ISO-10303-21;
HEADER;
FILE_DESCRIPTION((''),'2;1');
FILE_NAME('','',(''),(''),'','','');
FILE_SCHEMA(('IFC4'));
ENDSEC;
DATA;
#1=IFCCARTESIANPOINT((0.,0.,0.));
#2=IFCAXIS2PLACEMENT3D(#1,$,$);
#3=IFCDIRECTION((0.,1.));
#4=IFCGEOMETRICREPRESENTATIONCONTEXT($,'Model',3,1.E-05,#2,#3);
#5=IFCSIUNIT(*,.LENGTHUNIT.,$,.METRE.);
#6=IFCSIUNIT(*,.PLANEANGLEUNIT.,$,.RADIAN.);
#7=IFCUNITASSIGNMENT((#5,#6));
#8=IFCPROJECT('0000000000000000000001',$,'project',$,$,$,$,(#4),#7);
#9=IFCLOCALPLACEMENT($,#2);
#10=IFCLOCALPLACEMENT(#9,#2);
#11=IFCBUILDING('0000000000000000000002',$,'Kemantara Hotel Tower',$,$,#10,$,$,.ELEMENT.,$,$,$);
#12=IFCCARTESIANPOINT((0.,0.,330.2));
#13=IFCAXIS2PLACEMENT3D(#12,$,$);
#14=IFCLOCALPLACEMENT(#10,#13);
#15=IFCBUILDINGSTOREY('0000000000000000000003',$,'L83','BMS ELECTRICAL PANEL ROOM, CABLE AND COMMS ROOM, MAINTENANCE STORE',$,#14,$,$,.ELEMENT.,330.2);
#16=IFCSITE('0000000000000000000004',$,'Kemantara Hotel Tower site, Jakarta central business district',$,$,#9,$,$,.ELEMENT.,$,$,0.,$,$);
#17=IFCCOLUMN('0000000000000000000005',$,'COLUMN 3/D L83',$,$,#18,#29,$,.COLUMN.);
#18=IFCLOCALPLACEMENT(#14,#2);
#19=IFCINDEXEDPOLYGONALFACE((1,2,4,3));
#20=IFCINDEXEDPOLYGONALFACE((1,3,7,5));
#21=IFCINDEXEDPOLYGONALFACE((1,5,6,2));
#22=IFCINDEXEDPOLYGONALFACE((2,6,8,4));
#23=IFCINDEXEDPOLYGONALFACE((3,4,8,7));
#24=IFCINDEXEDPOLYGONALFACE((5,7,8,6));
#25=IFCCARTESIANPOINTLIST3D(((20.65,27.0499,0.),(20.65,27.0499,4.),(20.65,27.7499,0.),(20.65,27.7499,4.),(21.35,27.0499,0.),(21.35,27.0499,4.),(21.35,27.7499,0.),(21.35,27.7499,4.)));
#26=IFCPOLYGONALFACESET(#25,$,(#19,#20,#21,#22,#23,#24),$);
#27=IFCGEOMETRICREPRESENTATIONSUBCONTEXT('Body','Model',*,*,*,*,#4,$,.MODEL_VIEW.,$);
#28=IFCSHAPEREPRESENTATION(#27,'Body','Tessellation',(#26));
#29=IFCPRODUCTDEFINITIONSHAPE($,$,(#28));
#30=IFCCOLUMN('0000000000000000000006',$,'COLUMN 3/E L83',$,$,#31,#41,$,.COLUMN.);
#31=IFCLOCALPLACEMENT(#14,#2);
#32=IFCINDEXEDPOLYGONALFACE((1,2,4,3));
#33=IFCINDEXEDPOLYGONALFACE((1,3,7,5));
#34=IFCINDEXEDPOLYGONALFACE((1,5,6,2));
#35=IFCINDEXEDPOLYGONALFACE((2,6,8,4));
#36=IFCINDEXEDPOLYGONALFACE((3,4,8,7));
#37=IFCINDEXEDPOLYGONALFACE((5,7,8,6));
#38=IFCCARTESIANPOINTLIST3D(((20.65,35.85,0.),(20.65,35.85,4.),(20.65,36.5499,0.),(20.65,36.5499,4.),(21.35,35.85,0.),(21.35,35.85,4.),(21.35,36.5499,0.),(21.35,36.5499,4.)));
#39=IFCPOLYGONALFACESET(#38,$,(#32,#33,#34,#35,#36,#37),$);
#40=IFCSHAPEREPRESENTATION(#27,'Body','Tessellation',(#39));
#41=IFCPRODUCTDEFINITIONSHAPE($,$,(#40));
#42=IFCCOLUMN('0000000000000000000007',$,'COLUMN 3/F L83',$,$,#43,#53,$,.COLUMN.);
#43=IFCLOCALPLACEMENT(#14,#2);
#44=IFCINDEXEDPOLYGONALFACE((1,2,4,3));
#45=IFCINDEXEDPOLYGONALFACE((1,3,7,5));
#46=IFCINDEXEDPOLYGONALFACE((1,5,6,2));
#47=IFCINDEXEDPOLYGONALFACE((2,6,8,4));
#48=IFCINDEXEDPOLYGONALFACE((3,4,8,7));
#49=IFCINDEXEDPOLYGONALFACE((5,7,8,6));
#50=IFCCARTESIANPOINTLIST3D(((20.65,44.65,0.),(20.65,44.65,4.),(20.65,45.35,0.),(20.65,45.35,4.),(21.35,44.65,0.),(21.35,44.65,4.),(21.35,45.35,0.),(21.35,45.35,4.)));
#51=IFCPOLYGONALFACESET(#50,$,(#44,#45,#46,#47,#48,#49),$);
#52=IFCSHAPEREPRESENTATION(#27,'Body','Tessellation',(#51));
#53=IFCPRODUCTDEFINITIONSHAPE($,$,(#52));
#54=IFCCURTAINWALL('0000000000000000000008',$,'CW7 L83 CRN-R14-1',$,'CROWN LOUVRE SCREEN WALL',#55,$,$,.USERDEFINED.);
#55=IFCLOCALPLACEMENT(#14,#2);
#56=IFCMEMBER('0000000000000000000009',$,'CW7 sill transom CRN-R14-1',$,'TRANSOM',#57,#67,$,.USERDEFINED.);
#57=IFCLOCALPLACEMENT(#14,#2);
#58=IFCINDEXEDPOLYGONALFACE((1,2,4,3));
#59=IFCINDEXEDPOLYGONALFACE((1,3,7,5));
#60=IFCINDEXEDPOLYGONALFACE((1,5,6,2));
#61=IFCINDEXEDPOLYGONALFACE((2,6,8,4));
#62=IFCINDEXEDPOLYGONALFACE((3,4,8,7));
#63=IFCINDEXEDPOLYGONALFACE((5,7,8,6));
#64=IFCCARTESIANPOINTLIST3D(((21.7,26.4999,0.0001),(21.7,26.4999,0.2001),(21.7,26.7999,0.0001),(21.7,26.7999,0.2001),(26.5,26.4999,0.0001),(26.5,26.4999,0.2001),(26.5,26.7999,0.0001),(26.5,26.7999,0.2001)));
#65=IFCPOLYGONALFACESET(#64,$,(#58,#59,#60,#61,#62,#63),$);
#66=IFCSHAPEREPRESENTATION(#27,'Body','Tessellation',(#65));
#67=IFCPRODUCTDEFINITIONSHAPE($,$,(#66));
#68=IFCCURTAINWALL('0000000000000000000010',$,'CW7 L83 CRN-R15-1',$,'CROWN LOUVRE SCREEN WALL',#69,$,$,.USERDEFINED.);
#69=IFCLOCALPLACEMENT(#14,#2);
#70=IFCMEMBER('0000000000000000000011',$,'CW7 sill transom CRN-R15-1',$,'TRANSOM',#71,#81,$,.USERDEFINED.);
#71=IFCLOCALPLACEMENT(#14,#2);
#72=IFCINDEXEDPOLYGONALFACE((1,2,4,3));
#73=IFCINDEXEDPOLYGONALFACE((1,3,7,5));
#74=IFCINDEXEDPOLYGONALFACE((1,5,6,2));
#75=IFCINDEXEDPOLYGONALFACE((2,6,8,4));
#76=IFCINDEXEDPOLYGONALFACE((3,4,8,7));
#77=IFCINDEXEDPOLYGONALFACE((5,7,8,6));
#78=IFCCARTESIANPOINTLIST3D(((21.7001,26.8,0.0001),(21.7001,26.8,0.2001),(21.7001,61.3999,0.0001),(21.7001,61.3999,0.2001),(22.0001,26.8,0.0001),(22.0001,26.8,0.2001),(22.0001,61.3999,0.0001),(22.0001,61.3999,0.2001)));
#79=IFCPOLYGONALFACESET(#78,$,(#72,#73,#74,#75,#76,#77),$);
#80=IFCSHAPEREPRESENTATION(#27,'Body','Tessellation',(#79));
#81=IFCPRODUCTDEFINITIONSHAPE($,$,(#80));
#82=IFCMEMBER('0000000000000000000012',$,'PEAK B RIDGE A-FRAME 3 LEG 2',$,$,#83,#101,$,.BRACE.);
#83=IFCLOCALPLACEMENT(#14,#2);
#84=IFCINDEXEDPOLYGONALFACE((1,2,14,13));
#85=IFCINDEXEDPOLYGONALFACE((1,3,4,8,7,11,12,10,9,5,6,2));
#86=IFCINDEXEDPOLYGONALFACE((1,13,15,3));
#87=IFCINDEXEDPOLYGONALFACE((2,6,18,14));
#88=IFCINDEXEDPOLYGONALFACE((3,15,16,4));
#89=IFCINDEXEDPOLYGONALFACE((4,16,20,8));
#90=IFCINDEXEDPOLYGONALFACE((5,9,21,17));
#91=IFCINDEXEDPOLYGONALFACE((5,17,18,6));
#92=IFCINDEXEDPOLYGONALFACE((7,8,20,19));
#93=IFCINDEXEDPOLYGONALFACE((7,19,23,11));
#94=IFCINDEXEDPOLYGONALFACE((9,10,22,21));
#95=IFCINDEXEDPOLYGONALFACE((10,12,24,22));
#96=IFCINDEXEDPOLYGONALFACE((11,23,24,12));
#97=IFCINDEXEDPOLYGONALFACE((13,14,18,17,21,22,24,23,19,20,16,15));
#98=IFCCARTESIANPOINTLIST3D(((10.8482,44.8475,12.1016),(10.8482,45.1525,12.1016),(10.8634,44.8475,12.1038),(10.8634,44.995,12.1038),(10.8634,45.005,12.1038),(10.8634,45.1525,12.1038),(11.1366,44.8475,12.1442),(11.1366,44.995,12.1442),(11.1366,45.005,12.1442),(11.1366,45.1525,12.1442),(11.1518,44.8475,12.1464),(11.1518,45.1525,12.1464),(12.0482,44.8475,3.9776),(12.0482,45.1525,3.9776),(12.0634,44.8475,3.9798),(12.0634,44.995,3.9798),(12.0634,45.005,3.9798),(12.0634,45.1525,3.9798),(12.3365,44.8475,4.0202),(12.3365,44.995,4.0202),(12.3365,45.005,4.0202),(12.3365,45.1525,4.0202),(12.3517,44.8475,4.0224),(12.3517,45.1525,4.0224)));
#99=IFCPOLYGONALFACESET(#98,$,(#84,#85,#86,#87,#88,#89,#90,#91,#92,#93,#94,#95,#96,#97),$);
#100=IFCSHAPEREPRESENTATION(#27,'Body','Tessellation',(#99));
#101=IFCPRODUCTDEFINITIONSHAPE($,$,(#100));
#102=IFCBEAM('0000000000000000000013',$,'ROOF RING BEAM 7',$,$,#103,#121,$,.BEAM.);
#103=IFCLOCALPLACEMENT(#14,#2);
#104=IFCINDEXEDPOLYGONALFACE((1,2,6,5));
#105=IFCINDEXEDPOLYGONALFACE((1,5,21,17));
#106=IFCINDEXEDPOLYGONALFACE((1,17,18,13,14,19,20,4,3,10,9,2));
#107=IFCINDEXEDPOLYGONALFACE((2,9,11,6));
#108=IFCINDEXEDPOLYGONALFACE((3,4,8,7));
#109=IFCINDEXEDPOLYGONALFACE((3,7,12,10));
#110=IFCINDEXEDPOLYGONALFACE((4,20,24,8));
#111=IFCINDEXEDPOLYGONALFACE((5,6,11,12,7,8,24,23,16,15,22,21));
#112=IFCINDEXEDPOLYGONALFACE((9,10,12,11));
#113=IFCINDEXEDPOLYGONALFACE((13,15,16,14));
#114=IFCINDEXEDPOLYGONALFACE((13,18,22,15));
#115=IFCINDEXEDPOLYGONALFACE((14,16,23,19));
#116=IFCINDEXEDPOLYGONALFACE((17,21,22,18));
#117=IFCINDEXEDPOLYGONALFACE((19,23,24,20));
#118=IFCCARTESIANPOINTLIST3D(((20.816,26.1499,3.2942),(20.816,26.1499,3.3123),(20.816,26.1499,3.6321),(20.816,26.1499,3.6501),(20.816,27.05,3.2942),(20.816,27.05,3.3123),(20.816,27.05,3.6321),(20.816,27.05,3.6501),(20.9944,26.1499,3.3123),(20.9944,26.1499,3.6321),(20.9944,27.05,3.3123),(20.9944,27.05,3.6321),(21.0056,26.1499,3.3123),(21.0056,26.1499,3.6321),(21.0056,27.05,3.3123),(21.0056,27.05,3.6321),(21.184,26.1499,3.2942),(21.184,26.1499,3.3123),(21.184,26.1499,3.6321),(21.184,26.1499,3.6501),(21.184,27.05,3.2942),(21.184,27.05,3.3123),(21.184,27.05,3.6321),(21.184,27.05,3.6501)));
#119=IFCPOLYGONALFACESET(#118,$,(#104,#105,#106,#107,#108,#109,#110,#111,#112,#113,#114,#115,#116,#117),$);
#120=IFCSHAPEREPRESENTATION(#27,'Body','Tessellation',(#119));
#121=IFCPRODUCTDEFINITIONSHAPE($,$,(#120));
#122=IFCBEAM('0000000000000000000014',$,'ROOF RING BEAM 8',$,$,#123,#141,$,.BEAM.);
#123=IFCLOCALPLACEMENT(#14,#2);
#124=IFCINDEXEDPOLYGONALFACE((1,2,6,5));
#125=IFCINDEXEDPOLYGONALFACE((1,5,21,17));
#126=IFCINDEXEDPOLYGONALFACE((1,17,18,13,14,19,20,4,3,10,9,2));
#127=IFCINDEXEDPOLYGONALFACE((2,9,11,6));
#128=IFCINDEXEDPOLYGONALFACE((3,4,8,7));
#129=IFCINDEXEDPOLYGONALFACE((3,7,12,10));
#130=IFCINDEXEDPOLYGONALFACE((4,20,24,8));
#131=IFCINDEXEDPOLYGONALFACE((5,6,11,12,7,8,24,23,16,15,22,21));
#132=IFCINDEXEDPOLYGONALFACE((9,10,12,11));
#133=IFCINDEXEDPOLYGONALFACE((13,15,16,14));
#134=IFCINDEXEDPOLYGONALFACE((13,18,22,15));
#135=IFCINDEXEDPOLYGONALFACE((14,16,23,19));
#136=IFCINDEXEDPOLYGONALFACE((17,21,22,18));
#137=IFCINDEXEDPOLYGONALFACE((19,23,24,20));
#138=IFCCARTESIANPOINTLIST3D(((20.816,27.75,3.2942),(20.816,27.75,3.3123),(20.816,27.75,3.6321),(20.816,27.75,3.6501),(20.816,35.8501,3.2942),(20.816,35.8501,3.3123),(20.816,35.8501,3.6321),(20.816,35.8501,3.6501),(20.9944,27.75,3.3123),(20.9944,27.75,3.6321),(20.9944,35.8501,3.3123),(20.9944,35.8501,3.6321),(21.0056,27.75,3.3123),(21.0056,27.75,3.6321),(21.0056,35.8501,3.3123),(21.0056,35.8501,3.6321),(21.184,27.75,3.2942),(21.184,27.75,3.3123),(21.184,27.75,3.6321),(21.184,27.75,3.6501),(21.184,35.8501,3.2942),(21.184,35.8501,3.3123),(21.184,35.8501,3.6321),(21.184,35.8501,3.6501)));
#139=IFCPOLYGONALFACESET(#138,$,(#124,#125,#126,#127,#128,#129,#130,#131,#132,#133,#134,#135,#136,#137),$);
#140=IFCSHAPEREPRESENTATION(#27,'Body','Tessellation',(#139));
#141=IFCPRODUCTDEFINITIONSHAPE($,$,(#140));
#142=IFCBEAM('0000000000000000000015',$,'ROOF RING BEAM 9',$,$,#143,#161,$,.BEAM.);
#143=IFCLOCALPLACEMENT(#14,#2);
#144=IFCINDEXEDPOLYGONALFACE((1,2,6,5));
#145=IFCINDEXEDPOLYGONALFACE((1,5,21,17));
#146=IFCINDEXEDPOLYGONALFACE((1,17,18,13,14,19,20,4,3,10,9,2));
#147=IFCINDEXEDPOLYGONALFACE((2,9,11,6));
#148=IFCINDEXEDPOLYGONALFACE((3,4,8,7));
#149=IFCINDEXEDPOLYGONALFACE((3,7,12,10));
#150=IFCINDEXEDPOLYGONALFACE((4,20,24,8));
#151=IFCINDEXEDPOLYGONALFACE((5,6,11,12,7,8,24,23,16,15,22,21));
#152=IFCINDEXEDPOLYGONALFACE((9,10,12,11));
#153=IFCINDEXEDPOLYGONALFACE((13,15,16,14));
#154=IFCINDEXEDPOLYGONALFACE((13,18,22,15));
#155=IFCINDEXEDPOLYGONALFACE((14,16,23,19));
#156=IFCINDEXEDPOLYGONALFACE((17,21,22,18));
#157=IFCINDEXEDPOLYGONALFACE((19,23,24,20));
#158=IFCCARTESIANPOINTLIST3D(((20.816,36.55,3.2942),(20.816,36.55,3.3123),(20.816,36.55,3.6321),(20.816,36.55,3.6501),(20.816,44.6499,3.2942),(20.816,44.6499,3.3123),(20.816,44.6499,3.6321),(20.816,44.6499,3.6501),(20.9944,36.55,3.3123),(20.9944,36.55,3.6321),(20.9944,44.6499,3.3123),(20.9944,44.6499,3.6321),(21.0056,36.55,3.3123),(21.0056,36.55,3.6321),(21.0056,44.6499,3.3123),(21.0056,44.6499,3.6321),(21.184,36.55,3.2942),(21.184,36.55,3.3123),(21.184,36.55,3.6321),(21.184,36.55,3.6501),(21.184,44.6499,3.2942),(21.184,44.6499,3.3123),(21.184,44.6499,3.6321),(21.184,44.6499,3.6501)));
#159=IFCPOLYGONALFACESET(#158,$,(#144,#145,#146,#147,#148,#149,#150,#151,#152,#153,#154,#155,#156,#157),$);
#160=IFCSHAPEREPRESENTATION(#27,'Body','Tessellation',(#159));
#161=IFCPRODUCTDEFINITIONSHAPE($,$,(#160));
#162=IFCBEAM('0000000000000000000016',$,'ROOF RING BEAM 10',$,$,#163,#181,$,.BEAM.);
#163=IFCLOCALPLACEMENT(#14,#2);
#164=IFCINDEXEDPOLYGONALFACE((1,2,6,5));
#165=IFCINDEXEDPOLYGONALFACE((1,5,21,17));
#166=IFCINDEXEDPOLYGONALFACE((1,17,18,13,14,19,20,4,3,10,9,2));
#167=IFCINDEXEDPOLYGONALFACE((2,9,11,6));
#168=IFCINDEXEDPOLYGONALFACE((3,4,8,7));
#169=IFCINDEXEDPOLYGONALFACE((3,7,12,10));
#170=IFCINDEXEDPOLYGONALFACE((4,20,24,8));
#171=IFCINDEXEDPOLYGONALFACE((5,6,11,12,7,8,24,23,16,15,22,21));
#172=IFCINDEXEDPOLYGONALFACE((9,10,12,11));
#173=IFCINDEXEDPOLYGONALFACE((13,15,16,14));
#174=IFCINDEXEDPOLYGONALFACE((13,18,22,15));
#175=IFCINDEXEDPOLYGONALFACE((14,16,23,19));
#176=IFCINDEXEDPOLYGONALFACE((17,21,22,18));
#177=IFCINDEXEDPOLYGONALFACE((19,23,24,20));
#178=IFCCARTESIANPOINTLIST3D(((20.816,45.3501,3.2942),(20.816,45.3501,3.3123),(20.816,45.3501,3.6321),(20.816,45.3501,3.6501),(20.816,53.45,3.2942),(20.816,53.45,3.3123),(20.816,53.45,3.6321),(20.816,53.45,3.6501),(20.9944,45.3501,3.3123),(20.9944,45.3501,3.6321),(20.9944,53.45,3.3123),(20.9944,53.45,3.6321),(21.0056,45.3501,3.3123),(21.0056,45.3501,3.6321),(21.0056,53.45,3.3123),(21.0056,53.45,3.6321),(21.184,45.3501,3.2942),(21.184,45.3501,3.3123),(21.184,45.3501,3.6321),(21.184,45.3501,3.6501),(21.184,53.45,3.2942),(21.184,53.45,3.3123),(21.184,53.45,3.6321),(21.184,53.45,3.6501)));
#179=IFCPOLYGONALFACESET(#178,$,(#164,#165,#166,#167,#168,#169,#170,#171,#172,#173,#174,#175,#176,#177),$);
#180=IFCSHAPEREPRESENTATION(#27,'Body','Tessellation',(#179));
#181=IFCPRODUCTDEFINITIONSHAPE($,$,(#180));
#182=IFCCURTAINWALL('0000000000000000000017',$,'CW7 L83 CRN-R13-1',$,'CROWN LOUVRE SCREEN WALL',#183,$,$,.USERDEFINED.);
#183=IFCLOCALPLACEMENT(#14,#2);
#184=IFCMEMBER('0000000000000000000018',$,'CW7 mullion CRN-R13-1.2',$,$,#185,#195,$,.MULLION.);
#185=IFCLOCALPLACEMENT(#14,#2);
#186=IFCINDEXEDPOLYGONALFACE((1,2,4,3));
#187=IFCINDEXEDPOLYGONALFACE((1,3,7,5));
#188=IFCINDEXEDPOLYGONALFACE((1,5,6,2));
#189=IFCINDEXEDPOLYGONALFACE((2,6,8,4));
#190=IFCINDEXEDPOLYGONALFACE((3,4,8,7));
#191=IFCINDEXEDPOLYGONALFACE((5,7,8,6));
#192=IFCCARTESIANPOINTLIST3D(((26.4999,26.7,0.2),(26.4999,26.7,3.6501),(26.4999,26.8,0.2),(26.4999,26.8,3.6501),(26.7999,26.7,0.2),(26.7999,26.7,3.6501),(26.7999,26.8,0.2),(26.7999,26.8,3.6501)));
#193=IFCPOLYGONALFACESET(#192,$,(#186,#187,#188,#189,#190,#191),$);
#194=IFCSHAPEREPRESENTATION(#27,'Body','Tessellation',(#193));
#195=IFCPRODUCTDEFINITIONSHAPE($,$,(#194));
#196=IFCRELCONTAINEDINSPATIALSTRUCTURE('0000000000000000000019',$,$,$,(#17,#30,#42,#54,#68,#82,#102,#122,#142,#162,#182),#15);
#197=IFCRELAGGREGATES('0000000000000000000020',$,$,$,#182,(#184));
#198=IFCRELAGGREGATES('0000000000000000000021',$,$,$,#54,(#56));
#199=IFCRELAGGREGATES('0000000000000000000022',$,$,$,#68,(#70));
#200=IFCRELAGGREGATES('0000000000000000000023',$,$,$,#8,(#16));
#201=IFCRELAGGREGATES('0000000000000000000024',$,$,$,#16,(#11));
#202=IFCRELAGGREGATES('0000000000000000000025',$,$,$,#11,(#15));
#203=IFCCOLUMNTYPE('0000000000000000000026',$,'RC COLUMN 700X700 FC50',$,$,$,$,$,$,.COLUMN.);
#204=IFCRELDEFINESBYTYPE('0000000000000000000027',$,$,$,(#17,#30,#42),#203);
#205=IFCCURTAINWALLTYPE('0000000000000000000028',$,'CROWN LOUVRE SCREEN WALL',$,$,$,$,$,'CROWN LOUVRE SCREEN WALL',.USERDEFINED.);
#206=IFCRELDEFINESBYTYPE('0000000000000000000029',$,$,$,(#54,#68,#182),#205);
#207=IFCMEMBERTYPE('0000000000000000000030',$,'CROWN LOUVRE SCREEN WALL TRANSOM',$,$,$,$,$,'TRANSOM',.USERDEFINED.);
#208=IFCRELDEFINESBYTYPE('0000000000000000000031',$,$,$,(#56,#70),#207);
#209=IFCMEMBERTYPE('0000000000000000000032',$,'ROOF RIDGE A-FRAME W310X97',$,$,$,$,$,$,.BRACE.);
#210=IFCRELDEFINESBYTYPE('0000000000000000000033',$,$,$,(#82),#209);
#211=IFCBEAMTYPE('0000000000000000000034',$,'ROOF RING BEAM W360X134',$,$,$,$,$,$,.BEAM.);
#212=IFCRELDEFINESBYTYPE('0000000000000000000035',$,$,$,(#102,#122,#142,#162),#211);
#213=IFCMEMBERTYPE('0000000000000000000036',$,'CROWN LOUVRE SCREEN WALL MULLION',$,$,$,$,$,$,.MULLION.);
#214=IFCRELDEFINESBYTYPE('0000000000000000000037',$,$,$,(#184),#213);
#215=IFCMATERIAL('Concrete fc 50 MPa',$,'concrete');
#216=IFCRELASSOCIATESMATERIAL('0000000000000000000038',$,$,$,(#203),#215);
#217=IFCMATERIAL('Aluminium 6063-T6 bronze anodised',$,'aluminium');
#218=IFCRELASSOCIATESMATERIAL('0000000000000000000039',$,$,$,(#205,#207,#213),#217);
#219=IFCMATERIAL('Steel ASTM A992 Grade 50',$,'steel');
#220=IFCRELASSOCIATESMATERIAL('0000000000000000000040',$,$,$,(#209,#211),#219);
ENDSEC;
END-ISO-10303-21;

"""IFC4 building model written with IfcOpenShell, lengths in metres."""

from ifc_helpers import new_model, si_unit, direction, frame, origin, origin_2d, place, context, subcontext, project, spatial, rectangle, i_section, extrude, source, transform, mapped, material, material_profile, profile_set, type_object, element, aggregate, save


model = new_model("IFC4")

# Units and contexts
model_context = context("Model", 3, precision=1e-05, world=origin(), true_north=direction((0.0, 1.0)))
body_context = subcontext(model_context, "Body", "Model", "MODEL_VIEW")
ifc_project = project(units=[si_unit("LENGTHUNIT", "METRE"), si_unit("PLANEANGLEUNIT", "RADIAN")], contexts=[model_context])

# Site, building, storey
site_placement = place(None, origin())
site = spatial("IfcSite", under=ifc_project, at=site_placement, Name="Kemantara Hotel Tower site, Jakarta central business district", CompositionType="ELEMENT", RefElevation=0.0)
building_placement = place(site_placement, origin())
building = spatial("IfcBuilding", under=site, at=building_placement, Name="Kemantara Hotel Tower", CompositionType="ELEMENT")
storey_placement = place(building_placement, frame((0.0, 0.0, 330.2)))
storey = spatial("IfcBuildingStorey", under=building, at=storey_placement, Name="L83", Description="BMS ELECTRICAL PANEL ROOM, CABLE AND COMMS ROOM, MAINTENANCE STORE", CompositionType="ELEMENT", Elevation=330.2)

# Columns
ifc_material_1 = material(Name="Concrete fc 50 MPa", Category="concrete")
ifc_material_profile_1 = material_profile(ifc_material_1, rectangle(XDim=0.7, YDim=0.7, at=origin_2d()), Name="RC 700X700")
ifc_profile_set_1 = profile_set([ifc_material_profile_1], Name="Concrete fc 50 MPa")
column_type = type_object("IfcColumnType", Name="RC COLUMN 700X700 FC50", PredefinedType="COLUMN", material=ifc_profile_set_1)
for number, where, z_axis, x_axis, name in (
    (1, (21.0, 27.3999, 0.0), (0.0, 0.0, 1.0), (1.0, 0.0, 0.0), "COLUMN 3/D L83"),
    (2, (21.0, 36.2, 0.0), (0.0, 0.0, 1.0), (1.0, 0.0, 0.0), "COLUMN 3/E L83"),
    (3, (21.0, 45.0, 0.0), (0.0, 0.0, 1.0), (1.0, 0.0, 0.0), "COLUMN 3/F L83"),
):
    element("IfcColumn", number, at=place(storey_placement, frame(where, z_axis=z_axis, x_axis=x_axis)), inside=storey, type_object=column_type, Name=name, PredefinedType="COLUMN", context=body_context, shape_type="SweptSolid", body=[
        extrude(rectangle(XDim=0.7, YDim=0.7, at=origin_2d()), origin(), (0.0, 0.0, 1.0), 4.0),
    ])

# Curtain walls, members
ifc_material_2 = material(Name="Aluminium 6063-T6 bronze anodised", Category="aluminium")
curtain_wall_type = type_object("IfcCurtainWallType", Name="CROWN LOUVRE SCREEN WALL", ElementType="CROWN LOUVRE SCREEN WALL", PredefinedType="USERDEFINED", material=ifc_material_2)
curtain_wall_1_placement = place(storey_placement, origin())
curtain_wall_1 = element("IfcCurtainWall", 4, at=curtain_wall_1_placement, inside=storey, type_object=curtain_wall_type, Name="CW7 L83 CRN-R14-1", ObjectType="CROWN LOUVRE SCREEN WALL", PredefinedType="USERDEFINED")
ifc_material_profile_2 = material_profile(ifc_material_2, rectangle(XDim=0.3, YDim=0.2, at=origin_2d()), Name="CROWN LOUVRE SCREEN WALL TRANSOM")
ifc_profile_set_2 = profile_set([ifc_material_profile_2], Name="Aluminium 6063-T6 bronze anodised")
member_type_1 = type_object("IfcMemberType", Name="CROWN LOUVRE SCREEN WALL TRANSOM", ElementType="TRANSOM", PredefinedType="USERDEFINED", material=ifc_profile_set_2)
member_1_placement = place(storey_placement, frame((26.5, 26.6499, 0.1001), z_axis=(-1.0, 0.0, 0.0), x_axis=(0.0, -1.0, 0.0)))
member_1 = element("IfcMember", 5, at=member_1_placement, type_object=member_type_1, Name="CW7 sill transom CRN-R14-1", ObjectType="TRANSOM", PredefinedType="USERDEFINED", context=body_context, shape_type="SweptSolid", body=[
    extrude(rectangle(XDim=0.3, YDim=0.2, at=origin_2d()), origin(), (0.0, 0.0, 1.0), 4.8),
])
curtain_wall_2_placement = place(storey_placement, origin())
curtain_wall_2 = element("IfcCurtainWall", 6, at=curtain_wall_2_placement, inside=storey, type_object=curtain_wall_type, Name="CW7 L83 CRN-R15-1", ObjectType="CROWN LOUVRE SCREEN WALL", PredefinedType="USERDEFINED")
member_2_placement = place(storey_placement, frame((21.8501, 26.8, 0.1001), z_axis=(0.0, 1.0, 0.0), x_axis=(-1.0, 0.0, 0.0)))
member_2 = element("IfcMember", 7, at=member_2_placement, type_object=member_type_1, Name="CW7 sill transom CRN-R15-1", ObjectType="TRANSOM", PredefinedType="USERDEFINED", context=body_context, shape_type="SweptSolid", body=[
    extrude(rectangle(XDim=0.3, YDim=0.2, at=origin_2d()), origin(), (0.0, 0.0, 1.0), 34.5999),
])

# Member
ifc_material_3 = material(Name="Steel ASTM A992 Grade 50", Category="steel")
ifc_material_profile_3 = material_profile(ifc_material_3, i_section(OverallWidth=0.3049, OverallDepth=0.3069, WebThickness=0.01, FlangeThickness=0.0154, at=origin_2d()), Name="W310X97")
ifc_profile_set_3 = profile_set([ifc_material_profile_3], Name="Steel ASTM A992 Grade 50")
member_type_2 = type_object("IfcMemberType", Name="ROOF RIDGE A-FRAME W310X97", PredefinedType="BRACE", material=ifc_profile_set_3)
member_3_placement = place(storey_placement, frame((12.2, 45.0, 4.0), z_axis=(-0.146119, 0.0, 0.989267), x_axis=(0.0, -1.0, 0.0)))
element("IfcMember", 8, at=member_3_placement, inside=storey, type_object=member_type_2, Name="PEAK B RIDGE A-FRAME 3 LEG 2", PredefinedType="BRACE", context=body_context, shape_type="SweptSolid", body=[
    extrude(i_section(OverallWidth=0.3049, OverallDepth=0.3069, WebThickness=0.01, FlangeThickness=0.0154, at=origin_2d()), origin(), (0.0, 0.0, 1.0), 8.2122),
])

# Beams
ifc_material_profile_4 = material_profile(ifc_material_3, i_section(OverallWidth=0.3679, OverallDepth=0.356, WebThickness=0.0112, FlangeThickness=0.0181, at=origin_2d()), Name="W360X134")
ifc_profile_set_4 = profile_set([ifc_material_profile_4], Name="Steel ASTM A992 Grade 50")
beam_type = type_object("IfcBeamType", Name="ROOF RING BEAM W360X134", PredefinedType="BEAM", material=ifc_profile_set_4)
beam_1_placement = place(storey_placement, frame((21.0, 26.1499, 3.4722), z_axis=(0.0, 1.0, 0.0), x_axis=(-1.0, 0.0, 0.0)))
element("IfcBeam", 9, at=beam_1_placement, inside=storey, type_object=beam_type, Name="ROOF RING BEAM 7", PredefinedType="BEAM", context=body_context, shape_type="SweptSolid", body=[
    extrude(i_section(OverallWidth=0.3679, OverallDepth=0.356, WebThickness=0.0112, FlangeThickness=0.0181, at=origin_2d()), origin(), (0.0, 0.0, 1.0), 0.9001),
])
beam_2_placement = place(storey_placement, frame((21.0, 27.75, 3.4722), z_axis=(0.0, 1.0, 0.0), x_axis=(-1.0, 0.0, 0.0)))
element("IfcBeam", 10, at=beam_2_placement, inside=storey, type_object=beam_type, Name="ROOF RING BEAM 8", PredefinedType="BEAM", context=body_context, shape_type="SweptSolid", body=[
    extrude(i_section(OverallWidth=0.3679, OverallDepth=0.356, WebThickness=0.0112, FlangeThickness=0.0181, at=origin_2d()), origin(), (0.0, 0.0, 1.0), 8.1001),
])
for number, where, z_axis, x_axis, name in (
    (11, (21.0, 36.55, 3.4722), (0.0, 1.0, 0.0), (-1.0, 0.0, 0.0), "ROOF RING BEAM 9"),
    (12, (21.0, 45.3501, 3.4722), (0.0, 1.0, 0.0), (-1.0, 0.0, 0.0), "ROOF RING BEAM 10"),
):
    element("IfcBeam", number, at=place(storey_placement, frame(where, z_axis=z_axis, x_axis=x_axis)), inside=storey, type_object=beam_type, Name=name, PredefinedType="BEAM", context=body_context, shape_type="SweptSolid", body=[
        extrude(i_section(OverallWidth=0.3679, OverallDepth=0.356, WebThickness=0.0112, FlangeThickness=0.0181, at=origin_2d()), origin(), (0.0, 0.0, 1.0), 8.0999),
    ])

# Curtain wall, member
curtain_wall_3_placement = place(storey_placement, origin())
curtain_wall_3 = element("IfcCurtainWall", 13, at=curtain_wall_3_placement, inside=storey, type_object=curtain_wall_type, Name="CW7 L83 CRN-R13-1", ObjectType="CROWN LOUVRE SCREEN WALL", PredefinedType="USERDEFINED")
ifc_material_profile_5 = material_profile(ifc_material_2, rectangle(XDim=0.3, YDim=0.1001, at=origin_2d()), Name="CROWN LOUVRE SCREEN WALL MULLION")
ifc_profile_set_5 = profile_set([ifc_material_profile_5], Name="Aluminium 6063-T6 bronze anodised")
member_type_3 = type_object("IfcMemberType", Name="CROWN LOUVRE SCREEN WALL MULLION", PredefinedType="MULLION", material=ifc_profile_set_5)
shared_shape_1 = source(origin(), body_context, "Body", "SweptSolid", [
    extrude(rectangle(XDim=0.3, YDim=0.1001, at=origin_2d()), origin(), (0.0, 0.0, 1.0), 3.4502),
])
member_4_placement = place(storey_placement, frame((26.6499, 26.75, 0.2), z_axis=(0.0, 0.0, 1.0), x_axis=(-1.0, 0.0, 0.0)))
member_4 = element("IfcMember", 14, at=member_4_placement, type_object=member_type_3, Name="CW7 mullion CRN-R13-1.2", PredefinedType="MULLION", context=body_context, shape_type="MappedRepresentation", body=[
    mapped(shared_shape_1, transform((0.0, 0.0, 0.0))),
])
aggregate(curtain_wall_3, [member_4])

aggregate(curtain_wall_1, [member_1])
aggregate(curtain_wall_2, [member_2])

save(model, "model.ifc")
